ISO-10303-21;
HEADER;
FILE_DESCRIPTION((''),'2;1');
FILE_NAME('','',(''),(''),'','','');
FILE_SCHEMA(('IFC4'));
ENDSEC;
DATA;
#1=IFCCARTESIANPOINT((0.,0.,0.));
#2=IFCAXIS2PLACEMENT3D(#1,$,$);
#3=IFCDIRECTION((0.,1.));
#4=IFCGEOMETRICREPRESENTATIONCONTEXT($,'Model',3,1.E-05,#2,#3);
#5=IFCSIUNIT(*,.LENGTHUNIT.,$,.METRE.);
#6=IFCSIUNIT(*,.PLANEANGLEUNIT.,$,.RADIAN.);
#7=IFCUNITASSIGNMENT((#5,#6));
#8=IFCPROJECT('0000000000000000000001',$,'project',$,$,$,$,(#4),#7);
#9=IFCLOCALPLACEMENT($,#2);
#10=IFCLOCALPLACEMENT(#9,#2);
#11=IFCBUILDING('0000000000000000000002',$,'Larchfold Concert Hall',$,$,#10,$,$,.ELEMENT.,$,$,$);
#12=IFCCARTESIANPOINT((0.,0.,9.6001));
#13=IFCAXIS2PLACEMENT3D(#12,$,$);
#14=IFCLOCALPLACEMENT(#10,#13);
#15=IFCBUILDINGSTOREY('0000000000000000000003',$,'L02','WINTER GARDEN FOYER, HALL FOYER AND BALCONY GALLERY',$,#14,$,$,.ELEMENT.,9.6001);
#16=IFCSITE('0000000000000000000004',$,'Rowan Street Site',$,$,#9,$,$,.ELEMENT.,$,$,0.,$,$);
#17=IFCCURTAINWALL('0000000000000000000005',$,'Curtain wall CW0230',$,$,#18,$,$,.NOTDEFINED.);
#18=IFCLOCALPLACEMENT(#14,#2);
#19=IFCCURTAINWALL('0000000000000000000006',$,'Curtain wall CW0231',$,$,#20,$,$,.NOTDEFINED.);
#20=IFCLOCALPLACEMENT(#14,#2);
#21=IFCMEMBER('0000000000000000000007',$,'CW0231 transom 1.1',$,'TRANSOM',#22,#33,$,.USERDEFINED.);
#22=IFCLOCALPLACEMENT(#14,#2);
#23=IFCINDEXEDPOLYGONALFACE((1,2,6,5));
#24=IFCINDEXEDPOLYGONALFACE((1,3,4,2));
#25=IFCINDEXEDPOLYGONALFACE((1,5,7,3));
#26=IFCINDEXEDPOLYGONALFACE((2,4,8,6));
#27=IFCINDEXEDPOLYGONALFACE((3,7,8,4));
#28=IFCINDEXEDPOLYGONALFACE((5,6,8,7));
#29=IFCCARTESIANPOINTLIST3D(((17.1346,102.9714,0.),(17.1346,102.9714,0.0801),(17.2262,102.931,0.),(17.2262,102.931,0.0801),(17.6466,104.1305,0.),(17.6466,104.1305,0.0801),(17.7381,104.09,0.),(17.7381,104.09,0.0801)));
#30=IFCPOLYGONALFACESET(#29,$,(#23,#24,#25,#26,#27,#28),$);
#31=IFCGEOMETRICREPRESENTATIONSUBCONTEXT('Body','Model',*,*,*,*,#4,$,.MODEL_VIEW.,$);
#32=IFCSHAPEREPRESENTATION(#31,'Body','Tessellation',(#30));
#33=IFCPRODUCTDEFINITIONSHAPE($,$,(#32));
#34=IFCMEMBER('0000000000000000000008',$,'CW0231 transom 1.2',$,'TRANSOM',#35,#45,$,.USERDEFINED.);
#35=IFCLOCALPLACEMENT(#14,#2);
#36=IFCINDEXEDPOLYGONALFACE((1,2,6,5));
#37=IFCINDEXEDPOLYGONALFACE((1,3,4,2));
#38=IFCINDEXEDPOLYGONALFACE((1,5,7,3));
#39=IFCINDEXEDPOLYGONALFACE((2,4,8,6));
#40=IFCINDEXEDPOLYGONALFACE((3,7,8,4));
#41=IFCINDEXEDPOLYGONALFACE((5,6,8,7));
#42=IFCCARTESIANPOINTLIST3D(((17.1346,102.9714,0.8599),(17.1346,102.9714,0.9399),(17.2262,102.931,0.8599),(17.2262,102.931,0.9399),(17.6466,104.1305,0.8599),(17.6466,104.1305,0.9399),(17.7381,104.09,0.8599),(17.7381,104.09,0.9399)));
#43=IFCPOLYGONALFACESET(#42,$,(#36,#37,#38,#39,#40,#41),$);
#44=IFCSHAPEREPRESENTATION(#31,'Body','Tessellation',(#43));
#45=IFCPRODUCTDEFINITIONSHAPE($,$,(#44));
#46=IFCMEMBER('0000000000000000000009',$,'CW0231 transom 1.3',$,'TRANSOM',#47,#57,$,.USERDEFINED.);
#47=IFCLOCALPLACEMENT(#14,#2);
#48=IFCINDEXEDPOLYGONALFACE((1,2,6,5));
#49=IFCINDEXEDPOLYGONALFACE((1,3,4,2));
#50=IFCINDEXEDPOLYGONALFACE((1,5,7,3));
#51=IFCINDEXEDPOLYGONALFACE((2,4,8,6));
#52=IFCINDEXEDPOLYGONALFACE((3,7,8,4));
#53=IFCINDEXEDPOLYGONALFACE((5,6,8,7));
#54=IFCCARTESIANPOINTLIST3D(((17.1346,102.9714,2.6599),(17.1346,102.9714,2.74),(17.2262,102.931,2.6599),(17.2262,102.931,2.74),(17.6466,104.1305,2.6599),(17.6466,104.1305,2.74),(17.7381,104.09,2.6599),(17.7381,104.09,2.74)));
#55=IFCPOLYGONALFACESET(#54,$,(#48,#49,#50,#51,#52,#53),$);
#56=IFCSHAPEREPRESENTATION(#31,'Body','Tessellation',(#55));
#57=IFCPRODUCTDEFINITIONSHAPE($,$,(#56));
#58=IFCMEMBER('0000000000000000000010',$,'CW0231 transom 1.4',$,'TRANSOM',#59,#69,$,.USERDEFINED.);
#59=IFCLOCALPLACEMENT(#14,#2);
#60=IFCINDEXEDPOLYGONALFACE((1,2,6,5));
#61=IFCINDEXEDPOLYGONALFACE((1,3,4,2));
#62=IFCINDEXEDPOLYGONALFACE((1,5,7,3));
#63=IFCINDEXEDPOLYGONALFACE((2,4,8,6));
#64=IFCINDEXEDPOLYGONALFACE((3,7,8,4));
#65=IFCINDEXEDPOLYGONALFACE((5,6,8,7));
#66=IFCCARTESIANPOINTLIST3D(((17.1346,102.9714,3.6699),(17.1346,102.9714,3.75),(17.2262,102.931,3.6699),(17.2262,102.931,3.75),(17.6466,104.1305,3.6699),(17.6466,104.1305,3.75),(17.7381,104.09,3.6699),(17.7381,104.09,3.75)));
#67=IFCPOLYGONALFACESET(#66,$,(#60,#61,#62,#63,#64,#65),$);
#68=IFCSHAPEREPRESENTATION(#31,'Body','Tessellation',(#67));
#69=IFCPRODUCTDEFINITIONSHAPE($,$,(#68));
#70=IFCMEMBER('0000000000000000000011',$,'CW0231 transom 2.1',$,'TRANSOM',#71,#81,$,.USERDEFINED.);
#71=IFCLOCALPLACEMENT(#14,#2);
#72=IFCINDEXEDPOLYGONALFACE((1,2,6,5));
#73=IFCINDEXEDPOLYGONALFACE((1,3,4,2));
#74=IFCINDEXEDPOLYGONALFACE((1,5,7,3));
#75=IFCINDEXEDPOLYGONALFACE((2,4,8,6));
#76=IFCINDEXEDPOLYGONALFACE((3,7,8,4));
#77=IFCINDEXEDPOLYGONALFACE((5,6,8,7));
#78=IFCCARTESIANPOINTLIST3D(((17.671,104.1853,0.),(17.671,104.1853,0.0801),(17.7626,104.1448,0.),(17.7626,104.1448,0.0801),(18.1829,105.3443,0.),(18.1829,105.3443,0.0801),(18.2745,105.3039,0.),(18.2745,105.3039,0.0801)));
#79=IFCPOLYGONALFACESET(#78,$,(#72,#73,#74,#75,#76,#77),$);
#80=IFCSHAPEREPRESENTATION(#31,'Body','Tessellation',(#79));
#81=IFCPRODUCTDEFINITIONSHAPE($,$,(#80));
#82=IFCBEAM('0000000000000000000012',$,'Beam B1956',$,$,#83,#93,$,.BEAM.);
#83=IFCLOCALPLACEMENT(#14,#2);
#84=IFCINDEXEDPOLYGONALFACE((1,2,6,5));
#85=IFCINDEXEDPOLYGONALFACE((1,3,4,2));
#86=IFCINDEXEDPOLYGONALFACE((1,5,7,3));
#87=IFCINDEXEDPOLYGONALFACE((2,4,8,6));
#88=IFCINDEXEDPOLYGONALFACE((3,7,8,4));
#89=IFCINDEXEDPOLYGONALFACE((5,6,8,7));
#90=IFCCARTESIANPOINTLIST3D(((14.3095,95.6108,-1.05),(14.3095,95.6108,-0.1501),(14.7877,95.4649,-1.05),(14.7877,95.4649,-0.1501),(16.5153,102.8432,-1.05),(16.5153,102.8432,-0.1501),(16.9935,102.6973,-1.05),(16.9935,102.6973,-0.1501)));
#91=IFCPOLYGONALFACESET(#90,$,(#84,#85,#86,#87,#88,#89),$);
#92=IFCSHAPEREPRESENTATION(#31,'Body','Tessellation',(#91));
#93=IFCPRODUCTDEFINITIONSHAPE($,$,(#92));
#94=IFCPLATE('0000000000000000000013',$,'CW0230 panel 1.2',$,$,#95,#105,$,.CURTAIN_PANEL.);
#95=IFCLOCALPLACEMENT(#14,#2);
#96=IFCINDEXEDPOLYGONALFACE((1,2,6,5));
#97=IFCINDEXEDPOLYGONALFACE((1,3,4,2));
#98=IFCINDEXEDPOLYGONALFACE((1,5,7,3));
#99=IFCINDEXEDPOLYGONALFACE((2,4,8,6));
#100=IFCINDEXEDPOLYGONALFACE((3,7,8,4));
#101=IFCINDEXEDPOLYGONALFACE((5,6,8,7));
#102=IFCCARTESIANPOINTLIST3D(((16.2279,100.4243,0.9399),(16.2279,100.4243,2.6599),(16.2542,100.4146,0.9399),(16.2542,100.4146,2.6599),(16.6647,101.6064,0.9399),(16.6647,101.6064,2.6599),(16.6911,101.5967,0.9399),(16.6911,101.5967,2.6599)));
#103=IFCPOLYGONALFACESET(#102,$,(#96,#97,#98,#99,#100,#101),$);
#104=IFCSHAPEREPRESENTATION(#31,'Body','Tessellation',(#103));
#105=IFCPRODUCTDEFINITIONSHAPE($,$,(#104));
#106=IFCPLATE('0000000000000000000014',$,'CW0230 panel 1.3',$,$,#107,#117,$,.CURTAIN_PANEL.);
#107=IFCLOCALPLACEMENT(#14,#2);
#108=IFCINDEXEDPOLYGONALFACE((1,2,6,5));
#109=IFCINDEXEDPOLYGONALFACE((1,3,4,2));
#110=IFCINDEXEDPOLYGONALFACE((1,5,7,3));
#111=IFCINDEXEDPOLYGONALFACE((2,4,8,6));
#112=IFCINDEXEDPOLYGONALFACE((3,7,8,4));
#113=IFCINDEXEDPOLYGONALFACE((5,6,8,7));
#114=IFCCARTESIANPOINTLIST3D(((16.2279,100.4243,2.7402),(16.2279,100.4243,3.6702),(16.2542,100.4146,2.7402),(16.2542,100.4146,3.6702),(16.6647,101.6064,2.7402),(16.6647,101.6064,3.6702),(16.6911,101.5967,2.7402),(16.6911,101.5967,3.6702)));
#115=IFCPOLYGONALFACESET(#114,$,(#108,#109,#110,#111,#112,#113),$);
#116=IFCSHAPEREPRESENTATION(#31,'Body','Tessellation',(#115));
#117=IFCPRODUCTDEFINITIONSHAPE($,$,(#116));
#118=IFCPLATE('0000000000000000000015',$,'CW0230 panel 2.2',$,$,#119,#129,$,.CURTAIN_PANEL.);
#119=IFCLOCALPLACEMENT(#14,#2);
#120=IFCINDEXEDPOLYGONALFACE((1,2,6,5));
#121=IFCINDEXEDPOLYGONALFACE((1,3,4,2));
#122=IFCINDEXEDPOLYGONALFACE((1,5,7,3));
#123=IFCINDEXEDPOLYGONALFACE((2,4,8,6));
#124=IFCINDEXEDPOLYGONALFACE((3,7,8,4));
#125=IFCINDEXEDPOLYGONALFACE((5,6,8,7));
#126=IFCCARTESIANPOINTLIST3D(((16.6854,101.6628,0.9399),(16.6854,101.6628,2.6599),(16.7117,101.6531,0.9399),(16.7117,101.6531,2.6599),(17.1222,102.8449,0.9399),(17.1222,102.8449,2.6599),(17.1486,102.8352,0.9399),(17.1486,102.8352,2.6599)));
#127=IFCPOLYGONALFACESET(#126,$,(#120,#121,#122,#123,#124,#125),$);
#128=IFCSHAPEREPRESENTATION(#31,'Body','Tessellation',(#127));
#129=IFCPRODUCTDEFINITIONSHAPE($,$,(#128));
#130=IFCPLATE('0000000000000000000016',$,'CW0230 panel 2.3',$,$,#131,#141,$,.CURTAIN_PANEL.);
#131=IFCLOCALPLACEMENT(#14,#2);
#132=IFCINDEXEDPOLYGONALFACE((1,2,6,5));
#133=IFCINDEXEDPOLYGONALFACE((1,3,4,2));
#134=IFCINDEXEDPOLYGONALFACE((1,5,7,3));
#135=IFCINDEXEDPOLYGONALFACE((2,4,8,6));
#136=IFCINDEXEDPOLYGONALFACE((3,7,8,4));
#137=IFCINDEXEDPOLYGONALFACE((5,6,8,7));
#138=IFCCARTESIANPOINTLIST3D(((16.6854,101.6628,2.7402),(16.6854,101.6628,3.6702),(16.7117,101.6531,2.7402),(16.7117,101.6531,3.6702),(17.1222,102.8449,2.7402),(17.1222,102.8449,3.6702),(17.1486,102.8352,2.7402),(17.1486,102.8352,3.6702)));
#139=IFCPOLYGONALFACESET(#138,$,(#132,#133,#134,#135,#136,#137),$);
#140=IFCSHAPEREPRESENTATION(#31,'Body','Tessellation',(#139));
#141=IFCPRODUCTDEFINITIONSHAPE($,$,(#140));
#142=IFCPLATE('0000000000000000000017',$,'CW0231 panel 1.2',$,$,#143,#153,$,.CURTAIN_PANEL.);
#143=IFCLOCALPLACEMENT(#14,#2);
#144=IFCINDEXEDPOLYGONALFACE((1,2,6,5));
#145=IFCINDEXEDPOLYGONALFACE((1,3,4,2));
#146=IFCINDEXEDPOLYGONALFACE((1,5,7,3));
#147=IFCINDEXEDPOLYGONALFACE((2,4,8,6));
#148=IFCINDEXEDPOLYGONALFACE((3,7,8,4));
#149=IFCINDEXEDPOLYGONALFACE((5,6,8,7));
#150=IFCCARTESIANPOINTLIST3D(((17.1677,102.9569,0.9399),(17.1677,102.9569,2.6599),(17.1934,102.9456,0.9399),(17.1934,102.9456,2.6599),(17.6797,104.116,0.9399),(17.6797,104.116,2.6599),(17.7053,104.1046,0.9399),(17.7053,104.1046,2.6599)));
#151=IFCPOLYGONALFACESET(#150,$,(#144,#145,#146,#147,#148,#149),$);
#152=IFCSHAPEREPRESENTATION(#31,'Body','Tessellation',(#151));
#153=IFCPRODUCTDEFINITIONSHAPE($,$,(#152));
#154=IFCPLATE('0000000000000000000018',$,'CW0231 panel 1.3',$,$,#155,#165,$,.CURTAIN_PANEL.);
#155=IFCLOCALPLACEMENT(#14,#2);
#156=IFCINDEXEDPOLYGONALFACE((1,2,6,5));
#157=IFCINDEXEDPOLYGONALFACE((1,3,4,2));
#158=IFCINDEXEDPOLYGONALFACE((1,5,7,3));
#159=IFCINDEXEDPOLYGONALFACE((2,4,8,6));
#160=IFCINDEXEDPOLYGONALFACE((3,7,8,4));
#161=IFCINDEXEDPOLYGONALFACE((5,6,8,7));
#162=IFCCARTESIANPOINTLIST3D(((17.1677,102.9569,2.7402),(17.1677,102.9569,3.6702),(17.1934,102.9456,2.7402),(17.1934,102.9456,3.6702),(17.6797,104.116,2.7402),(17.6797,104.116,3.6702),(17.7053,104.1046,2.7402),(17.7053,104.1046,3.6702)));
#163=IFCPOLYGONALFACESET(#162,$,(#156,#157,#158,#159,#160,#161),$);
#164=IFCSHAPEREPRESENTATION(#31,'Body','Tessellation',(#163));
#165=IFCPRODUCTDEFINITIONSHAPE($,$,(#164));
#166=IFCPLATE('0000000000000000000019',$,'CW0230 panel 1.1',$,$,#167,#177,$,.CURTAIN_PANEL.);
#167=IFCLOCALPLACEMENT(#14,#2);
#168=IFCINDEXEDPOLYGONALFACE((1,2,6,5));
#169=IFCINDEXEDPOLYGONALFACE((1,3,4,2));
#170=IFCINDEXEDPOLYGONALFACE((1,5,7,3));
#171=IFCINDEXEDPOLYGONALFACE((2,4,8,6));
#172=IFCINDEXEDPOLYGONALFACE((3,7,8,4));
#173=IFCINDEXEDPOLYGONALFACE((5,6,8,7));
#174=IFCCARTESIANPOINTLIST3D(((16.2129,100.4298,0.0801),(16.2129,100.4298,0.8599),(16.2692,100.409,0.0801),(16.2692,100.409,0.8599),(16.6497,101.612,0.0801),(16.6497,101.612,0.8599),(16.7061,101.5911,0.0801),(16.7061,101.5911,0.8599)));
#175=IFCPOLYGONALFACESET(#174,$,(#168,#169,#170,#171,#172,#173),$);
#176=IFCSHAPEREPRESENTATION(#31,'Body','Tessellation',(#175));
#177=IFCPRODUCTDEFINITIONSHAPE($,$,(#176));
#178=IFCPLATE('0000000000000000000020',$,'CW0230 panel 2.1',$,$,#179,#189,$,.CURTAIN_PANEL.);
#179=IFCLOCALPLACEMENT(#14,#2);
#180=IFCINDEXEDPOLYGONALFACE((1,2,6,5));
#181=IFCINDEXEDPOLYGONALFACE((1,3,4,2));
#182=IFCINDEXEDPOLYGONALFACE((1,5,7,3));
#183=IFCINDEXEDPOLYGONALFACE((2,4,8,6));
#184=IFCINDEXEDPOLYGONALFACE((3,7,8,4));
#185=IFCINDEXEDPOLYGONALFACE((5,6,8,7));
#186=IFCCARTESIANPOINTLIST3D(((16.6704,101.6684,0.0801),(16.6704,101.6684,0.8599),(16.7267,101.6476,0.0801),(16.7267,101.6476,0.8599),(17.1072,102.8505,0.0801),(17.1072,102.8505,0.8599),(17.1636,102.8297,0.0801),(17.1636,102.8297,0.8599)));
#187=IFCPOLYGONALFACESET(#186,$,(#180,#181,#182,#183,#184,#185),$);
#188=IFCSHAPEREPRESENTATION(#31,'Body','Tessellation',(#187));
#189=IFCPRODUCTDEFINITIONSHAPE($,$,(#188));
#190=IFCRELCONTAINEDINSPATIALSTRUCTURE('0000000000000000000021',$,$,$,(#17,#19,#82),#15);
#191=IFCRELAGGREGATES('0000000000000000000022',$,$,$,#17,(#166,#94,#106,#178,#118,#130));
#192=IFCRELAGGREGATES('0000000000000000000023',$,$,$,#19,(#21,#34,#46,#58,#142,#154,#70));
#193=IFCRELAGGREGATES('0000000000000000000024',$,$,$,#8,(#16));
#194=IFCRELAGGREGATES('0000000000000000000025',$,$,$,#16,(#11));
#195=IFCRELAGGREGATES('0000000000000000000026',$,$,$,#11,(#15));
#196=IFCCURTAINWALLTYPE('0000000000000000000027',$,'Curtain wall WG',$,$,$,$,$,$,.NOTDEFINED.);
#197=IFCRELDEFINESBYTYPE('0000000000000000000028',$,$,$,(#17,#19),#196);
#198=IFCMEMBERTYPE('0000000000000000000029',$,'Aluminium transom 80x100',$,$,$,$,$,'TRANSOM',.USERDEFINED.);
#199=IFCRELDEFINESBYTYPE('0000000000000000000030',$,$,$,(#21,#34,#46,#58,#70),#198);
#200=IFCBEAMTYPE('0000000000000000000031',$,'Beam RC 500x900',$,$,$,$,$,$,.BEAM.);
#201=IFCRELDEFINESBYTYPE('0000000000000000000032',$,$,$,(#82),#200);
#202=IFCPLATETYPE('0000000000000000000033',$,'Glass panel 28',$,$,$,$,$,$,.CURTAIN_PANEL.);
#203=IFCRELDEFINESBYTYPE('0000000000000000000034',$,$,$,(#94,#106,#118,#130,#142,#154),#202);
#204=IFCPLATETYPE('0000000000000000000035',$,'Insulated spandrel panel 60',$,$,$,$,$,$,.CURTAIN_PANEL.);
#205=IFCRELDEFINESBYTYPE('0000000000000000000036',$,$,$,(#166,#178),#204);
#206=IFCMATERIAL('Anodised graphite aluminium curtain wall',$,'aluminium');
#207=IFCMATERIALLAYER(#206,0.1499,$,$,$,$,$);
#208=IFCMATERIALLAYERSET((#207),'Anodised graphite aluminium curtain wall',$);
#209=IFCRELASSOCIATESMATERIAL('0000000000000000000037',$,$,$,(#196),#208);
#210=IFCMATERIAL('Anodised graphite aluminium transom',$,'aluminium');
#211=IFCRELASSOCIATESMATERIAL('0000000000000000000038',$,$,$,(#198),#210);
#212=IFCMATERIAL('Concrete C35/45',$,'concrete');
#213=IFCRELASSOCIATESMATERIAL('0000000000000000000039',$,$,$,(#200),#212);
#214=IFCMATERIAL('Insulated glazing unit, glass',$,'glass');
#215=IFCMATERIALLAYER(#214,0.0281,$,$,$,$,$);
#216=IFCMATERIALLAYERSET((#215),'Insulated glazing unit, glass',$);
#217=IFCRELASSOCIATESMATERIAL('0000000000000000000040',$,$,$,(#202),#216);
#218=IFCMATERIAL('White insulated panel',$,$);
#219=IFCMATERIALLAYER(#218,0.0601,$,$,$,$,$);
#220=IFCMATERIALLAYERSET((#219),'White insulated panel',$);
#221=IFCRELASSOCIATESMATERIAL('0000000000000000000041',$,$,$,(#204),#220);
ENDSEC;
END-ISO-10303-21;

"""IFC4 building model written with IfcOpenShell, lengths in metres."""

from ifc_helpers import new_model, si_unit, direction, frame, origin, origin_2d, place, context, subcontext, project, spatial, rectangle, extrude, material, layer, layer_set, material_profile, profile_set, type_object, element, aggregate, save


model = new_model("IFC4")

# Units and contexts
model_context = context("Model", 3, precision=1e-05, world=origin(), true_north=direction((0.0, 1.0)))
body_context = subcontext(model_context, "Body", "Model", "MODEL_VIEW")
ifc_project = project(units=[si_unit("LENGTHUNIT", "METRE"), si_unit("PLANEANGLEUNIT", "RADIAN")], contexts=[model_context])

# Site, building, storey
site_placement = place(None, origin())
site = spatial("IfcSite", under=ifc_project, at=site_placement, Name="Rowan Street Site", CompositionType="ELEMENT", RefElevation=0.0)
building_placement = place(site_placement, origin())
building = spatial("IfcBuilding", under=site, at=building_placement, Name="Larchfold Concert Hall", CompositionType="ELEMENT")
storey_placement = place(building_placement, frame((0.0, 0.0, 9.6001)))
storey = spatial("IfcBuildingStorey", under=building, at=storey_placement, Name="L02", Description="WINTER GARDEN FOYER, HALL FOYER AND BALCONY GALLERY", CompositionType="ELEMENT", Elevation=9.6001)

# Curtain walls
ifc_material_1 = material(Name="Anodised graphite aluminium curtain wall", Category="aluminium")
ifc_layer_1 = layer(ifc_material_1, 0.1499)
ifc_layer_set_1 = layer_set([ifc_layer_1], Name="Anodised graphite aluminium curtain wall")
curtain_wall_type = type_object("IfcCurtainWallType", Name="Curtain wall WG", PredefinedType="NOTDEFINED", material=ifc_layer_set_1)
curtain_wall_1_placement = place(storey_placement, origin())
curtain_wall_1 = element("IfcCurtainWall", 1, at=curtain_wall_1_placement, inside=storey, type_object=curtain_wall_type, Name="Curtain wall CW0230", PredefinedType="NOTDEFINED")
curtain_wall_2_placement = place(storey_placement, origin())
curtain_wall_2 = element("IfcCurtainWall", 2, at=curtain_wall_2_placement, inside=storey, type_object=curtain_wall_type, Name="Curtain wall CW0231", PredefinedType="NOTDEFINED")

# Members
ifc_material_2 = material(Name="Anodised graphite aluminium transom", Category="aluminium")
ifc_material_profile_1 = material_profile(ifc_material_2, rectangle(XDim=0.1001, YDim=0.0801, at=origin_2d()))
ifc_profile_set_1 = profile_set([ifc_material_profile_1], Name="Anodised graphite aluminium transom")
member_type_1 = type_object("IfcMemberType", Name="Aluminium transom 80x100", ElementType="TRANSOM", PredefinedType="USERDEFINED", material=ifc_profile_set_1)
member_1_placement = place(storey_placement, frame((17.1804, 102.9512, 0.04), z_axis=(0.40401, 0.914755, 0.0), x_axis=(-0.914755, 0.40401, 0.0)))
member_1 = element("IfcMember", 3, at=member_1_placement, type_object=member_type_1, Name="CW0231 transom 1.1", ObjectType="TRANSOM", PredefinedType="USERDEFINED", context=body_context, shape_type="SweptSolid", body=[
    extrude(rectangle(XDim=0.1001, YDim=0.0801, at=origin_2d()), origin(), (0.0, 0.0, 1.0), 1.2671),
])
member_2_placement = place(storey_placement, frame((17.1804, 102.9512, 0.8999), z_axis=(0.40401, 0.914755, 0.0), x_axis=(-0.914755, 0.40401, 0.0)))
member_2 = element("IfcMember", 4, at=member_2_placement, type_object=member_type_1, Name="CW0231 transom 1.2", ObjectType="TRANSOM", PredefinedType="USERDEFINED", context=body_context, shape_type="SweptSolid", body=[
    extrude(rectangle(XDim=0.1001, YDim=0.0801, at=origin_2d()), origin(), (0.0, 0.0, 1.0), 1.2671),
])
member_3_placement = place(storey_placement, frame((17.1804, 102.9512, 2.7), z_axis=(0.40401, 0.914755, 0.0), x_axis=(-0.914755, 0.40401, 0.0)))
member_3 = element("IfcMember", 5, at=member_3_placement, type_object=member_type_1, Name="CW0231 transom 1.3", ObjectType="TRANSOM", PredefinedType="USERDEFINED", context=body_context, shape_type="SweptSolid", body=[
    extrude(rectangle(XDim=0.1001, YDim=0.0801, at=origin_2d()), origin(), (0.0, 0.0, 1.0), 1.2671),
])
member_4_placement = place(storey_placement, frame((17.1804, 102.9512, 3.71), z_axis=(0.40401, 0.914755, 0.0), x_axis=(-0.914755, 0.40401, 0.0)))
member_4 = element("IfcMember", 6, at=member_4_placement, type_object=member_type_1, Name="CW0231 transom 1.4", ObjectType="TRANSOM", PredefinedType="USERDEFINED", context=body_context, shape_type="SweptSolid", body=[
    extrude(rectangle(XDim=0.1001, YDim=0.0801, at=origin_2d()), origin(), (0.0, 0.0, 1.0), 1.2671),
])
member_5_placement = place(storey_placement, frame((17.7168, 104.165, 0.04), z_axis=(0.40401, 0.914755, 0.0), x_axis=(-0.914755, 0.40401, 0.0)))
member_5 = element("IfcMember", 7, at=member_5_placement, type_object=member_type_1, Name="CW0231 transom 2.1", ObjectType="TRANSOM", PredefinedType="USERDEFINED", context=body_context, shape_type="SweptSolid", body=[
    extrude(rectangle(XDim=0.1001, YDim=0.0801, at=origin_2d()), origin(), (0.0, 0.0, 1.0), 1.2671),
])

# Beam
ifc_material_3 = material(Name="Concrete C35/45", Category="concrete")
ifc_material_profile_2 = material_profile(ifc_material_3, rectangle(XDim=0.5, YDim=0.8999, at=origin_2d()))
ifc_profile_set_2 = profile_set([ifc_material_profile_2], Name="Concrete C35/45")
beam_type = type_object("IfcBeamType", Name="Beam RC 500x900", PredefinedType="BEAM", material=ifc_profile_set_2)
beam_placement = place(storey_placement, frame((16.7544, 102.7703, -0.6001), z_axis=(-0.291723, -0.956503, 0.0), x_axis=(0.956503, -0.291723, 0.0)))
element("IfcBeam", 8, at=beam_placement, inside=storey, type_object=beam_type, Name="Beam B1956", PredefinedType="BEAM", context=body_context, shape_type="SweptSolid", body=[
    extrude(rectangle(XDim=0.5, YDim=0.8999, at=origin_2d()), origin(), (0.0, 0.0, 1.0), 7.5613),
])

# Plates
ifc_material_4 = material(Name="Insulated glazing unit, glass", Category="glass")
ifc_layer_2 = layer(ifc_material_4, 0.0281)
ifc_layer_set_2 = layer_set([ifc_layer_2], Name="Insulated glazing unit, glass")
plate_type_1 = type_object("IfcPlateType", Name="Glass panel 28", PredefinedType="CURTAIN_PANEL", material=ifc_layer_set_2)
plate_1_placement = place(storey_placement, frame((16.4595, 101.0105, 0.9399), z_axis=(0.0, 0.0, 1.0), x_axis=(0.346631, 0.938002, 0.0)))
plate_1 = element("IfcPlate", 9, at=plate_1_placement, type_object=plate_type_1, Name="CW0230 panel 1.2", PredefinedType="CURTAIN_PANEL", context=body_context, shape_type="SweptSolid", body=[
    extrude(rectangle(XDim=1.2603, YDim=0.0281, at=origin_2d()), origin(), (0.0, 0.0, 1.0), 1.72),
])
plate_2_placement = place(storey_placement, frame((16.4595, 101.0105, 2.7402), z_axis=(0.0, 0.0, 1.0), x_axis=(0.346631, 0.938002, 0.0)))
plate_2 = element("IfcPlate", 10, at=plate_2_placement, type_object=plate_type_1, Name="CW0230 panel 1.3", PredefinedType="CURTAIN_PANEL", context=body_context, shape_type="SweptSolid", body=[
    extrude(rectangle(XDim=1.2603, YDim=0.0281, at=origin_2d()), origin(), (0.0, 0.0, 1.0), 0.9299),
])
plate_3_placement = place(storey_placement, frame((16.917, 102.249, 0.9399), z_axis=(0.0, 0.0, 1.0), x_axis=(0.346631, 0.938002, 0.0)))
plate_3 = element("IfcPlate", 11, at=plate_3_placement, type_object=plate_type_1, Name="CW0230 panel 2.2", PredefinedType="CURTAIN_PANEL", context=body_context, shape_type="SweptSolid", body=[
    extrude(rectangle(XDim=1.2603, YDim=0.0281, at=origin_2d()), origin(), (0.0, 0.0, 1.0), 1.72),
])
plate_4_placement = place(storey_placement, frame((16.917, 102.249, 2.7402), z_axis=(0.0, 0.0, 1.0), x_axis=(0.346631, 0.938002, 0.0)))
plate_4 = element("IfcPlate", 12, at=plate_4_placement, type_object=plate_type_1, Name="CW0230 panel 2.3", PredefinedType="CURTAIN_PANEL", context=body_context, shape_type="SweptSolid", body=[
    extrude(rectangle(XDim=1.2603, YDim=0.0281, at=origin_2d()), origin(), (0.0, 0.0, 1.0), 0.9299),
])
plate_5_placement = place(storey_placement, frame((17.4365, 103.5308, 0.9399), z_axis=(0.0, 0.0, 1.0), x_axis=(0.404034, 0.914744, 0.0)))
plate_5 = element("IfcPlate", 13, at=plate_5_placement, type_object=plate_type_1, Name="CW0231 panel 1.2", PredefinedType="CURTAIN_PANEL", context=body_context, shape_type="SweptSolid", body=[
    extrude(rectangle(XDim=1.2671, YDim=0.0281, at=origin_2d()), origin(), (0.0, 0.0, 1.0), 1.72),
])
plate_6_placement = place(storey_placement, frame((17.4365, 103.5308, 2.7402), z_axis=(0.0, 0.0, 1.0), x_axis=(0.404034, 0.914744, 0.0)))
plate_6 = element("IfcPlate", 14, at=plate_6_placement, type_object=plate_type_1, Name="CW0231 panel 1.3", PredefinedType="CURTAIN_PANEL", context=body_context, shape_type="SweptSolid", body=[
    extrude(rectangle(XDim=1.2671, YDim=0.0281, at=origin_2d()), origin(), (0.0, 0.0, 1.0), 0.9299),
])
ifc_material_5 = material(Name="White insulated panel")
ifc_layer_3 = layer(ifc_material_5, 0.0601)
ifc_layer_set_3 = layer_set([ifc_layer_3], Name="White insulated panel")
plate_type_2 = type_object("IfcPlateType", Name="Insulated spandrel panel 60", PredefinedType="CURTAIN_PANEL", material=ifc_layer_set_3)
plate_7_placement = place(storey_placement, frame((16.4595, 101.0105, 0.0801), z_axis=(0.0, 0.0, 1.0), x_axis=(0.346631, 0.938002, 0.0)))
plate_7 = element("IfcPlate", 15, at=plate_7_placement, type_object=plate_type_2, Name="CW0230 panel 1.1", PredefinedType="CURTAIN_PANEL", context=body_context, shape_type="SweptSolid", body=[
    extrude(rectangle(XDim=1.2603, YDim=0.0601, at=origin_2d()), origin(), (0.0, 0.0, 1.0), 0.7798),
])
plate_8_placement = place(storey_placement, frame((16.917, 102.249, 0.0801), z_axis=(0.0, 0.0, 1.0), x_axis=(0.346631, 0.938002, 0.0)))
plate_8 = element("IfcPlate", 16, at=plate_8_placement, type_object=plate_type_2, Name="CW0230 panel 2.1", PredefinedType="CURTAIN_PANEL", context=body_context, shape_type="SweptSolid", body=[
    extrude(rectangle(XDim=1.2603, YDim=0.0601, at=origin_2d()), origin(), (0.0, 0.0, 1.0), 0.7798),
])
aggregate(curtain_wall_1, [plate_7, plate_1, plate_2, plate_8, plate_3, plate_4])
aggregate(curtain_wall_2, [member_1, member_2, member_3, member_4, plate_5, plate_6, member_5])

save(model, "model.ifc")
